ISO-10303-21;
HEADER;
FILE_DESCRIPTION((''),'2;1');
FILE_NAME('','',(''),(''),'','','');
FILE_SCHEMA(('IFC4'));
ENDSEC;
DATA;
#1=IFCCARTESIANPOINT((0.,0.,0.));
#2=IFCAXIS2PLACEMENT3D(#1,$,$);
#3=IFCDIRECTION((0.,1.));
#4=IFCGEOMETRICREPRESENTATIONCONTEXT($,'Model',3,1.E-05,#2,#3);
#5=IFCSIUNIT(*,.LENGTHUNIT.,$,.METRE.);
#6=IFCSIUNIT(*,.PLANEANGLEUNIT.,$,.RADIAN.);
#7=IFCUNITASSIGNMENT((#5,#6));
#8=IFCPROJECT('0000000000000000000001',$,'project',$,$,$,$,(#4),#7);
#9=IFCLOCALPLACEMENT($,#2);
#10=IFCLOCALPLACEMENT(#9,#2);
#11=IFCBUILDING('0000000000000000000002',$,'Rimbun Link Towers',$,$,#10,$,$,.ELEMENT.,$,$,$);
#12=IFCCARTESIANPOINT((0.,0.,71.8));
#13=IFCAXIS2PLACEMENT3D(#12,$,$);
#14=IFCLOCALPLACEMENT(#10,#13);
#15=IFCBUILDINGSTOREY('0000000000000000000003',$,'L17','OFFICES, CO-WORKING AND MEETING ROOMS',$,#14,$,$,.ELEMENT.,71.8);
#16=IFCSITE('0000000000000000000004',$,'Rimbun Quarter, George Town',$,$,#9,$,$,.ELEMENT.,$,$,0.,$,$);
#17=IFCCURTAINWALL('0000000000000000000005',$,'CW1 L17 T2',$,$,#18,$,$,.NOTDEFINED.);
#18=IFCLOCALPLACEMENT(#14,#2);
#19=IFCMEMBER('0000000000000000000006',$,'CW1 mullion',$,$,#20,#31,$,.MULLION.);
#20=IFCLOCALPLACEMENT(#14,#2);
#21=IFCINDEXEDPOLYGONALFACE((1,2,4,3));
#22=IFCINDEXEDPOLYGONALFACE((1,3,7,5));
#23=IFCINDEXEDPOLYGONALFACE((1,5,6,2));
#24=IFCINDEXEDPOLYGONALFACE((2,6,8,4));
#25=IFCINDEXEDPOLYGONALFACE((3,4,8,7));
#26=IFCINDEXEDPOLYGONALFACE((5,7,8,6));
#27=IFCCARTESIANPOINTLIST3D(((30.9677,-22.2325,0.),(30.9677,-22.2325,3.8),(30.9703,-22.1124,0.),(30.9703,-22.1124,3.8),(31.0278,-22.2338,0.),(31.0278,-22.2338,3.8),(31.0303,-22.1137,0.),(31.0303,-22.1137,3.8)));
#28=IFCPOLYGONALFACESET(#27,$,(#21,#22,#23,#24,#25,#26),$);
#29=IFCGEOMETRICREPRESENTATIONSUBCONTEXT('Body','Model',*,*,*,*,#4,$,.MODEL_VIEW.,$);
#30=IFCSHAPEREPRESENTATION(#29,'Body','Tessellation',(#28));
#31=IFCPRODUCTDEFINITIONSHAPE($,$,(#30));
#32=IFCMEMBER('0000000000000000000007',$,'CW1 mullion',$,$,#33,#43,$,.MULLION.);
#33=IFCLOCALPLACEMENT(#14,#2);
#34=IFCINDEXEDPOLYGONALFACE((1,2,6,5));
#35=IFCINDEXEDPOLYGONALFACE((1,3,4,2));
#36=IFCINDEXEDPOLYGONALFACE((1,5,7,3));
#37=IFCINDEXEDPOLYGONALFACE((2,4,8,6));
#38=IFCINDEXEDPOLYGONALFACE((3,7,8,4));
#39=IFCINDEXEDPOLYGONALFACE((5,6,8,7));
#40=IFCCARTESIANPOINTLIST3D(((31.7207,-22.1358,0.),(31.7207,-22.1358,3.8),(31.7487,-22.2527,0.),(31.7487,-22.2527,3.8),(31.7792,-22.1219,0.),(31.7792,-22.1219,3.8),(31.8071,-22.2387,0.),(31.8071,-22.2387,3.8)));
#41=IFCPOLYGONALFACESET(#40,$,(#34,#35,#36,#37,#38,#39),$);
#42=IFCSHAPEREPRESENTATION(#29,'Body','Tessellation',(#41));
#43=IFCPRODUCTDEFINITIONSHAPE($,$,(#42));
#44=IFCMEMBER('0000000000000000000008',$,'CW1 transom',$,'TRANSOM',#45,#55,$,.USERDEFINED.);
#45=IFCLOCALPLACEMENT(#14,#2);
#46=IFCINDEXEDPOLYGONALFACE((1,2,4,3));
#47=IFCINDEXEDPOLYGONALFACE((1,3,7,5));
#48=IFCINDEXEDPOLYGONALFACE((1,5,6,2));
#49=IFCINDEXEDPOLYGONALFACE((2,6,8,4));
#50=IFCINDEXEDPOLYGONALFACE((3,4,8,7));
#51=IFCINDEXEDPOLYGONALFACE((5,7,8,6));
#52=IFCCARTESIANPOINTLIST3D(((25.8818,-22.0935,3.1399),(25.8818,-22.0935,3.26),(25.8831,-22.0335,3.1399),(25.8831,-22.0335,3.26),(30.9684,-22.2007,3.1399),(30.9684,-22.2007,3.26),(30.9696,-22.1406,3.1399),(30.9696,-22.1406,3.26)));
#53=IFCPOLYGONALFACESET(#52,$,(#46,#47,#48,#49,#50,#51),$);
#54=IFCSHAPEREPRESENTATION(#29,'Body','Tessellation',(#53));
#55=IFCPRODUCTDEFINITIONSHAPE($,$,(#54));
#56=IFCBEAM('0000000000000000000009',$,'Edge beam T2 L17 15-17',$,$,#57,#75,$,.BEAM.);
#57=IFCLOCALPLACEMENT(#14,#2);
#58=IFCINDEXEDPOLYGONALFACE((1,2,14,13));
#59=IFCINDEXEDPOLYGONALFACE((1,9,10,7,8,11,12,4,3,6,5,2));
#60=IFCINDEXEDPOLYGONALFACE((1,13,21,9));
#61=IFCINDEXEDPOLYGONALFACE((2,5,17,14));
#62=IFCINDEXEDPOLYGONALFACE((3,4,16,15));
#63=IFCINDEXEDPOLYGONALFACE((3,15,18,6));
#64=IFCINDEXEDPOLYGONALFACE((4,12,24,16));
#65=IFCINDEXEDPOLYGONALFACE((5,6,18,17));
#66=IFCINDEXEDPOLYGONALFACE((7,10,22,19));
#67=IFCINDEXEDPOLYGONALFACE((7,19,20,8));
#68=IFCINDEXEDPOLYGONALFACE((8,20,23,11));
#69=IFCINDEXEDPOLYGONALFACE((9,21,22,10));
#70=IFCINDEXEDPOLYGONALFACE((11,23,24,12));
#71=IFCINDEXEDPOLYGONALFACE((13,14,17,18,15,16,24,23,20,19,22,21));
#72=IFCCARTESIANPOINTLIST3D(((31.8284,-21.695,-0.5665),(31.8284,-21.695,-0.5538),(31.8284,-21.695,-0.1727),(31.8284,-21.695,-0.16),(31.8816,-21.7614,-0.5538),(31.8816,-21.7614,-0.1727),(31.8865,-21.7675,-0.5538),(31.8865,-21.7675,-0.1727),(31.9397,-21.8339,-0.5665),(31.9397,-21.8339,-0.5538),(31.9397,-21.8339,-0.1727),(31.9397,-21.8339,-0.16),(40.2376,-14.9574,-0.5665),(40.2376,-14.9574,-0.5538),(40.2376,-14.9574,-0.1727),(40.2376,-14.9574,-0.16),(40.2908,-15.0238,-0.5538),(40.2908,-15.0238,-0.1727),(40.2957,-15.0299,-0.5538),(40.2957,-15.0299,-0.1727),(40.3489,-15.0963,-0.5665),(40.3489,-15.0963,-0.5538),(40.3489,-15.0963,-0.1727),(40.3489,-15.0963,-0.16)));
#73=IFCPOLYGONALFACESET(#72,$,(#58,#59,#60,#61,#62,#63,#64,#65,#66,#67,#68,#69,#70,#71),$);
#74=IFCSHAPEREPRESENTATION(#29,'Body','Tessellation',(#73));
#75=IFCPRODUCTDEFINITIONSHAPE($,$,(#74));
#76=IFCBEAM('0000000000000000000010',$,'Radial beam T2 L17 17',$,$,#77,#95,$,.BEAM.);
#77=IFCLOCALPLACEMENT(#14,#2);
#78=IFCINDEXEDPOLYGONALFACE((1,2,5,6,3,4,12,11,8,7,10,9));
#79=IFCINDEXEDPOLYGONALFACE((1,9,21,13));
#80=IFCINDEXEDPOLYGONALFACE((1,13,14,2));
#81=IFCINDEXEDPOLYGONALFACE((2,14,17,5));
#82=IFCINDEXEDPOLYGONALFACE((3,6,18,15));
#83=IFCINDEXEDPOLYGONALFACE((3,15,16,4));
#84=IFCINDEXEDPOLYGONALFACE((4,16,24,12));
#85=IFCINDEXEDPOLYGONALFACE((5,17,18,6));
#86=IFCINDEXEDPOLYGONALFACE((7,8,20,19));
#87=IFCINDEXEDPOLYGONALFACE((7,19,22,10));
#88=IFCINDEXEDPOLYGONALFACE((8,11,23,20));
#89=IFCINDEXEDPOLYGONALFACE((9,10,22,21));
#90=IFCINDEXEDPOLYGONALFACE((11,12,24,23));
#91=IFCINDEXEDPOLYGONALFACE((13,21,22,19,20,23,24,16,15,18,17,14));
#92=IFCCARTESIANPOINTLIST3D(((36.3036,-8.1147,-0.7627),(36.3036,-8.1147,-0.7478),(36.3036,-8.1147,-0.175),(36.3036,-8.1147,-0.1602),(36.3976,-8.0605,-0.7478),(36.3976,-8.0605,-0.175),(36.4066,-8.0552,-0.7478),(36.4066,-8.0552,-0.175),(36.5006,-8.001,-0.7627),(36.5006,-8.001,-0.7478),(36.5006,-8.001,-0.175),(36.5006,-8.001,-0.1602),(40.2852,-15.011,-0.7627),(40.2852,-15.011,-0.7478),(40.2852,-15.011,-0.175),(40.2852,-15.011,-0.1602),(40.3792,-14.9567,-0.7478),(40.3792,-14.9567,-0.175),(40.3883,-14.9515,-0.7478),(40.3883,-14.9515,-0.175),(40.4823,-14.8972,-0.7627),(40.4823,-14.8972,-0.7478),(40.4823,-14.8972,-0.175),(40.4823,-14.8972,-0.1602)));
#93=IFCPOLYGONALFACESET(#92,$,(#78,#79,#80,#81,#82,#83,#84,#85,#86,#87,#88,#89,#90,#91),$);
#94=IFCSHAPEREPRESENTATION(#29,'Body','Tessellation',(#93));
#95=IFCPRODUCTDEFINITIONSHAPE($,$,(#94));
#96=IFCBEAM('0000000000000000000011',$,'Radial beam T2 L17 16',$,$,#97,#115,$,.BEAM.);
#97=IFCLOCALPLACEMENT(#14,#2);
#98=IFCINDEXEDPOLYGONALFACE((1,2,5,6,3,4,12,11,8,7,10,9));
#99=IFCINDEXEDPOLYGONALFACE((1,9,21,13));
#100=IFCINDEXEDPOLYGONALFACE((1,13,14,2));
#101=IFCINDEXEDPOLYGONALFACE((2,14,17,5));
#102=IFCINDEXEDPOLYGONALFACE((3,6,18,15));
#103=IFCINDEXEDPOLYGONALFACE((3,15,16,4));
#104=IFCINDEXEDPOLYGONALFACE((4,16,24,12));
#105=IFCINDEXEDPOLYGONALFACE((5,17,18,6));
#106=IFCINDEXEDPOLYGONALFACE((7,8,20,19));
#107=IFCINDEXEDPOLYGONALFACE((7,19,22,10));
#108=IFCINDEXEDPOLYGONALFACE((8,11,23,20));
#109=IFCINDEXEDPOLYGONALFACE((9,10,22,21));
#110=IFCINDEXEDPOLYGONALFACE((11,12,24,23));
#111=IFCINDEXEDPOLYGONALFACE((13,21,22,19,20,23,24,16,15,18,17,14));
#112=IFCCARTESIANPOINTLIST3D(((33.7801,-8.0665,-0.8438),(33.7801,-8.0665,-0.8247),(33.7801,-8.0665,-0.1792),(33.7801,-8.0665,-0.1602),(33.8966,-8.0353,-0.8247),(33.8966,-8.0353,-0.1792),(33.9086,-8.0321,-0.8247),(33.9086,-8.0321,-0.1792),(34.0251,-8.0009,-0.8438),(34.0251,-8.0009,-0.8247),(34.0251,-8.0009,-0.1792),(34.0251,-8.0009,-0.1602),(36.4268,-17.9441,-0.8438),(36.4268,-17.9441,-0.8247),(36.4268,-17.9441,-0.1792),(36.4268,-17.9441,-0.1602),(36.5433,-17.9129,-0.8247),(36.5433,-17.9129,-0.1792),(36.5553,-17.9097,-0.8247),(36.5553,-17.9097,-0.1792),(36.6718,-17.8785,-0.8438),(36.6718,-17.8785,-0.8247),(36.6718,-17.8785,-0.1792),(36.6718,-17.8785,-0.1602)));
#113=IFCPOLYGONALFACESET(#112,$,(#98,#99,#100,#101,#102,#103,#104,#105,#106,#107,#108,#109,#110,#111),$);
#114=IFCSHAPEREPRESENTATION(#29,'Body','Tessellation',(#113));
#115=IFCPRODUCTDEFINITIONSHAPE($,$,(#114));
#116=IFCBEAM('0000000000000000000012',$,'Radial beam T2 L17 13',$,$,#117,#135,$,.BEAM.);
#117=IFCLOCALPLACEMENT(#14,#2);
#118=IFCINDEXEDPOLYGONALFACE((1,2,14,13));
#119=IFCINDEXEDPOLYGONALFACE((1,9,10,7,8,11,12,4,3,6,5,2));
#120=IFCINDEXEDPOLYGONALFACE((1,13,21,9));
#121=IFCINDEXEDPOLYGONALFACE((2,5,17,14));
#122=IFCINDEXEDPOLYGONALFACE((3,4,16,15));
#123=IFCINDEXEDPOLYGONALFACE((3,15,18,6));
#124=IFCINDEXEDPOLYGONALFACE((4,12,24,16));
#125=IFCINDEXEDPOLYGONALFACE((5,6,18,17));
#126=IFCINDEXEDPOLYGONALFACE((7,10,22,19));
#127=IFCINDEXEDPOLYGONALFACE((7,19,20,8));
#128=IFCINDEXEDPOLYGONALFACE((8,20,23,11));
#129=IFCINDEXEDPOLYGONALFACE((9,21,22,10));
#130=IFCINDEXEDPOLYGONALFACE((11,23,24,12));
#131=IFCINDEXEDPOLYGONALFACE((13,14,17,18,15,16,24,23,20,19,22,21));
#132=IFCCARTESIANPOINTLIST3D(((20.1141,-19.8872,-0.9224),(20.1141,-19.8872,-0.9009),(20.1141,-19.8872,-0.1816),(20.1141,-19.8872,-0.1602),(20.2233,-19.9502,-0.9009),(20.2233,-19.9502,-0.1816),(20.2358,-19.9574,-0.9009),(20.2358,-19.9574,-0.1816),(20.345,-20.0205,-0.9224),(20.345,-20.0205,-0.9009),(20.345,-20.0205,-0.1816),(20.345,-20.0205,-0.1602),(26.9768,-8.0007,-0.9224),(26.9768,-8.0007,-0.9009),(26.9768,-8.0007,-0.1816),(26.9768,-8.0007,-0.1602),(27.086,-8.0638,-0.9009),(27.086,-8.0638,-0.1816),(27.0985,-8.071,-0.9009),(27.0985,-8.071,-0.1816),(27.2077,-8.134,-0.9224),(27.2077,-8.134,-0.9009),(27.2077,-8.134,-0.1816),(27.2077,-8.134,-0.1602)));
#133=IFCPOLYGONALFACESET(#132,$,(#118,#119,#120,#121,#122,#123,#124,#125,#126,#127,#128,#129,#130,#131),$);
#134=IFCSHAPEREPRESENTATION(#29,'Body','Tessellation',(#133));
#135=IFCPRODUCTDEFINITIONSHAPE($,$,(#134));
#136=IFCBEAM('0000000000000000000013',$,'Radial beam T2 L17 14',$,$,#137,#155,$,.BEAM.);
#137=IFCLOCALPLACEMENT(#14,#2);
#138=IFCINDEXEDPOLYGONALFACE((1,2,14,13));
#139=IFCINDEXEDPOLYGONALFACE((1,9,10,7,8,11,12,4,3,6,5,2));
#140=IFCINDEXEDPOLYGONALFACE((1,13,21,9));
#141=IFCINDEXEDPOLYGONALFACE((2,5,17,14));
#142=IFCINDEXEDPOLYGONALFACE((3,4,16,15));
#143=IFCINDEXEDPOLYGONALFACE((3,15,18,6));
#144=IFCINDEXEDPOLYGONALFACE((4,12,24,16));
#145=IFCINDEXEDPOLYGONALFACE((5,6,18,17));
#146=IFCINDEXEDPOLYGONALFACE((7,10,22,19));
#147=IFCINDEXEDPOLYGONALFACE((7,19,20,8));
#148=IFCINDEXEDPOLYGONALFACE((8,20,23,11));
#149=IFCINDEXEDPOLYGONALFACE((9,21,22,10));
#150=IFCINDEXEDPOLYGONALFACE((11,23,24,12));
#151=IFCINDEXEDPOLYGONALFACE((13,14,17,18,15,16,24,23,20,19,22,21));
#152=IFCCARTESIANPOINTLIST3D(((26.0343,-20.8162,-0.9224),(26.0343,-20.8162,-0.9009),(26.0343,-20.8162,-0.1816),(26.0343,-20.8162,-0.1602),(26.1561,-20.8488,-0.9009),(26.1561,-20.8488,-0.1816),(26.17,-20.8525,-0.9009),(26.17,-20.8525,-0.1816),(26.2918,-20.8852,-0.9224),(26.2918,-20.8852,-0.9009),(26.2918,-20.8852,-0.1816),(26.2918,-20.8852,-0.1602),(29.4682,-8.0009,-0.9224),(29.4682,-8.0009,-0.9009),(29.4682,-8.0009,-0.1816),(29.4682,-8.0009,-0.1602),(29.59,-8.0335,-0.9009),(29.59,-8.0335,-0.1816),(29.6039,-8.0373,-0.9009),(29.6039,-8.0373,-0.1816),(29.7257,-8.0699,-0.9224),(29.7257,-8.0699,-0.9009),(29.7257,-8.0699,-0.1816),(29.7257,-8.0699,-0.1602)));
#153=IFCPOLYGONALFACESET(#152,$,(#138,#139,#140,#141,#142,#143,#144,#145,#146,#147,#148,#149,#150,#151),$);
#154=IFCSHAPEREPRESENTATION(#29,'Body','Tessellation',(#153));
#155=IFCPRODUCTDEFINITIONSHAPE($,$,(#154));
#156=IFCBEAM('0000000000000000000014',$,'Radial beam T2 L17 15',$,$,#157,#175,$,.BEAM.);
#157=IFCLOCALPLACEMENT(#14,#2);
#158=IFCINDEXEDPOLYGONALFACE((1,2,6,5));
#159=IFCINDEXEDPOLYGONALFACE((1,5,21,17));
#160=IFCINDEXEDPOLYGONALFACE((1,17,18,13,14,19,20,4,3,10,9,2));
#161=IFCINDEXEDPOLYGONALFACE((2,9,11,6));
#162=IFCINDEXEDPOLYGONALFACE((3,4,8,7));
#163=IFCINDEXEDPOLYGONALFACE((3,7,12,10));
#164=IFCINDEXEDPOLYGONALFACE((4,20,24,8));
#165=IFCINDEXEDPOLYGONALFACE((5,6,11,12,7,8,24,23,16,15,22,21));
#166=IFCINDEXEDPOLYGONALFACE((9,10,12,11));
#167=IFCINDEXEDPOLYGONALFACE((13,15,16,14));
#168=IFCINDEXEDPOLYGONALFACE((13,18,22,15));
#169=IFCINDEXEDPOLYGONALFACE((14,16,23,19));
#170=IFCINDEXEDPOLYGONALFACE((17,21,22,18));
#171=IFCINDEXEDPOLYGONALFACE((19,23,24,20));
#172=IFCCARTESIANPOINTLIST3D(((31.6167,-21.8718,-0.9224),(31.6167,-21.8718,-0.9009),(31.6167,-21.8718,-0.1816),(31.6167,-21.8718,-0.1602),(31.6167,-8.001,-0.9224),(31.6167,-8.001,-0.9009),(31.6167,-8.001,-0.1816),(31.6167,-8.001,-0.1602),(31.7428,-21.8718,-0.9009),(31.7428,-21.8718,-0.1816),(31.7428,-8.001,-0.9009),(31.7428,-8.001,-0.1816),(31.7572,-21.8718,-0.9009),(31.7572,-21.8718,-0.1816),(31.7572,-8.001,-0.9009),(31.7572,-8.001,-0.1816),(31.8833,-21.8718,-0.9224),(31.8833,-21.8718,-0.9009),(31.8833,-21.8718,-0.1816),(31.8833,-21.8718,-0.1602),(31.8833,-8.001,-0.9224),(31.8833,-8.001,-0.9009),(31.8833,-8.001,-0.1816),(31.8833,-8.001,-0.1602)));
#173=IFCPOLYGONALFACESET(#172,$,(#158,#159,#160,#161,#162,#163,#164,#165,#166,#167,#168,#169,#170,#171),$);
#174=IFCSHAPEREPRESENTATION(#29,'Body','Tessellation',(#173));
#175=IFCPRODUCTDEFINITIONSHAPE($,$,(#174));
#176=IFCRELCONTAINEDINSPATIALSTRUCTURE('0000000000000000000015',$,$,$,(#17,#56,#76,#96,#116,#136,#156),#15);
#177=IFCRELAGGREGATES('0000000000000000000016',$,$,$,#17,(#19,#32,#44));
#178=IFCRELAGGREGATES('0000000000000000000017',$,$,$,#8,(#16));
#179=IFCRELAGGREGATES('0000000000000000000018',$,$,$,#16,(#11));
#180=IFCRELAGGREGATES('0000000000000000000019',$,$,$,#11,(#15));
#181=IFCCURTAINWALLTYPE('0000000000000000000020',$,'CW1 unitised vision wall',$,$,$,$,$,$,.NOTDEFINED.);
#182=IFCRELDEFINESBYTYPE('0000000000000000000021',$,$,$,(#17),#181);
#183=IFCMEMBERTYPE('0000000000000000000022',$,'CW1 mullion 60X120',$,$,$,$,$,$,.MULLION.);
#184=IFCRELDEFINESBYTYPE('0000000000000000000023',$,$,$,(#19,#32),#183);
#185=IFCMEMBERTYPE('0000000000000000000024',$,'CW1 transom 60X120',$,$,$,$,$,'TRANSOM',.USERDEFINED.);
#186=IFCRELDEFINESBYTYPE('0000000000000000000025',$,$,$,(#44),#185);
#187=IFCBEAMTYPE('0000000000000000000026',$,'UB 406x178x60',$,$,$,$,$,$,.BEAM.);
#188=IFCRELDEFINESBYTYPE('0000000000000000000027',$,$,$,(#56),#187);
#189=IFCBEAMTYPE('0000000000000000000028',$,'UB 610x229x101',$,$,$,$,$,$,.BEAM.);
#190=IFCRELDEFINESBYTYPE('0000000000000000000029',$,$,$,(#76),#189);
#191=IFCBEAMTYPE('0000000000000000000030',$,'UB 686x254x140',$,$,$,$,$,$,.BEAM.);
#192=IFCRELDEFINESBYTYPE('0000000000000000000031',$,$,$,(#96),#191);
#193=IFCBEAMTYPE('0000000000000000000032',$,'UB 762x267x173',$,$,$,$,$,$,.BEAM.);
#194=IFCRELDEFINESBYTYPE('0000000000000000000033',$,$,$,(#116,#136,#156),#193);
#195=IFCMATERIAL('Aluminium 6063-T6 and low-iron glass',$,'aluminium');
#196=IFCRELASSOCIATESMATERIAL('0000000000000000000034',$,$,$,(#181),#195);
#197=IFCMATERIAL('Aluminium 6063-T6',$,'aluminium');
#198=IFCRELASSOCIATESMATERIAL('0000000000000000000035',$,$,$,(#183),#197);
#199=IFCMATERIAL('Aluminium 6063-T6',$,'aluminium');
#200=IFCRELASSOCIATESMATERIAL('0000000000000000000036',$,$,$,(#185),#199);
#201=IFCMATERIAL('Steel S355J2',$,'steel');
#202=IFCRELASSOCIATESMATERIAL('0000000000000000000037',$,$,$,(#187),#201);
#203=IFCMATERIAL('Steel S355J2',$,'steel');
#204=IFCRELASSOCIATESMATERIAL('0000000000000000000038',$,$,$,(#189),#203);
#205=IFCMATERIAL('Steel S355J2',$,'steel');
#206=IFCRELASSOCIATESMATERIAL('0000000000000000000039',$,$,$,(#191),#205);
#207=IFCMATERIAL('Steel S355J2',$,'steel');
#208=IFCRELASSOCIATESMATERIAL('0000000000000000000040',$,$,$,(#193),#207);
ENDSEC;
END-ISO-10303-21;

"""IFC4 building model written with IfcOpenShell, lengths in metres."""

from ifc_helpers import new_model, si_unit, direction, frame, origin, origin_2d, place, context, subcontext, project, spatial, rectangle, i_section, extrude, material, material_profile, profile_set, type_object, element, aggregate, save


model = new_model("IFC4")

# Units and contexts
model_context = context("Model", 3, precision=1e-05, world=origin(), true_north=direction((0.0, 1.0)))
body_context = subcontext(model_context, "Body", "Model", "MODEL_VIEW")
ifc_project = project(units=[si_unit("LENGTHUNIT", "METRE"), si_unit("PLANEANGLEUNIT", "RADIAN")], contexts=[model_context])

# Site, building, storey
site_placement = place(None, origin())
site = spatial("IfcSite", under=ifc_project, at=site_placement, Name="Rimbun Quarter, George Town", CompositionType="ELEMENT", RefElevation=0.0)
building_placement = place(site_placement, origin())
building = spatial("IfcBuilding", under=site, at=building_placement, Name="Rimbun Link Towers", CompositionType="ELEMENT")
storey_placement = place(building_placement, frame((0.0, 0.0, 71.8)))
storey = spatial("IfcBuildingStorey", under=building, at=storey_placement, Name="L17", Description="OFFICES, CO-WORKING AND MEETING ROOMS", CompositionType="ELEMENT", Elevation=71.8)

# Curtain wall, members
ifc_material_1 = material(Name="Aluminium 6063-T6 and low-iron glass", Category="aluminium")
curtain_wall_type = type_object("IfcCurtainWallType", Name="CW1 unitised vision wall", PredefinedType="NOTDEFINED", material=ifc_material_1)
curtain_wall_placement = place(storey_placement, origin())
curtain_wall = element("IfcCurtainWall", 1, at=curtain_wall_placement, inside=storey, type_object=curtain_wall_type, Name="CW1 L17 T2", PredefinedType="NOTDEFINED")
ifc_material_2 = material(Name="Aluminium 6063-T6", Category="aluminium")
ifc_material_profile_1 = material_profile(ifc_material_2, rectangle(XDim=0.1201, YDim=0.0601, at=origin_2d()), Name="MULLION 60X120")
ifc_profile_set_1 = profile_set([ifc_material_profile_1], Name="Aluminium 6063-T6")
member_type_1 = type_object("IfcMemberType", Name="CW1 mullion 60X120", PredefinedType="MULLION", material=ifc_profile_set_1)
member_1_placement = place(storey_placement, frame((30.999, -22.1731, 0.0), z_axis=(0.0, 0.0, 1.0), x_axis=(-0.02106, -0.999778, 0.0)))
member_1 = element("IfcMember", 2, at=member_1_placement, type_object=member_type_1, Name="CW1 mullion", PredefinedType="MULLION", context=body_context, shape_type="SweptSolid", body=[
    extrude(rectangle(XDim=0.1201, YDim=0.0601, at=origin_2d()), origin(), (0.0, 0.0, 1.0), 3.8),
])
member_2_placement = place(storey_placement, frame((31.7639, -22.1873, 0.0), z_axis=(0.0, 0.0, 1.0), x_axis=(0.232601, -0.972572, 0.0)))
member_2 = element("IfcMember", 3, at=member_2_placement, type_object=member_type_1, Name="CW1 mullion", PredefinedType="MULLION", context=body_context, shape_type="SweptSolid", body=[
    extrude(rectangle(XDim=0.1201, YDim=0.0601, at=origin_2d()), origin(), (0.0, 0.0, 1.0), 3.8),
])
ifc_material_3 = material(Name="Aluminium 6063-T6", Category="aluminium")
ifc_material_profile_2 = material_profile(ifc_material_3, rectangle(XDim=0.0601, YDim=0.1201, at=origin_2d()), Name="TRANSOM 60X120")
ifc_profile_set_2 = profile_set([ifc_material_profile_2], Name="Aluminium 6063-T6")
member_type_2 = type_object("IfcMemberType", Name="CW1 transom 60X120", ElementType="TRANSOM", PredefinedType="USERDEFINED", material=ifc_profile_set_2)
member_3_placement = place(storey_placement, frame((30.969, -22.1707, 3.2), z_axis=(-0.999778, 0.021067, 0.0), x_axis=(-0.021067, -0.999778, 0.0)))
member_3 = element("IfcMember", 4, at=member_3_placement, type_object=member_type_2, Name="CW1 transom", ObjectType="TRANSOM", PredefinedType="USERDEFINED", context=body_context, shape_type="SweptSolid", body=[
    extrude(rectangle(XDim=0.0601, YDim=0.1201, at=origin_2d()), origin(), (0.0, 0.0, 1.0), 5.0876),
])

# Beams
ifc_material_4 = material(Name="Steel S355J2", Category="steel")
ifc_material_profile_3 = material_profile(ifc_material_4, i_section(OverallWidth=0.178, OverallDepth=0.4065, WebThickness=0.0078, FlangeThickness=0.0127, at=origin_2d()), Name="UB 406x178x60")
ifc_profile_set_3 = profile_set([ifc_material_profile_3], Name="Steel S355J2")
beam_type_1 = type_object("IfcBeamType", Name="UB 406x178x60", PredefinedType="BEAM", material=ifc_profile_set_3)
beam_1_placement = place(storey_placement, frame((31.884, -21.7644, -0.3633), z_axis=(0.780407, 0.625272, 0.0), x_axis=(-0.625272, 0.780407, 0.0)))
element("IfcBeam", 5, at=beam_1_placement, inside=storey, type_object=beam_type_1, Name="Edge beam T2 L17 15-17", PredefinedType="BEAM", context=body_context, shape_type="SweptSolid", body=[
    extrude(i_section(OverallWidth=0.178, OverallDepth=0.4065, WebThickness=0.0078, FlangeThickness=0.0127, at=origin_2d()), origin(), (0.0, 0.0, 1.0), 10.7754),
])
ifc_material_5 = material(Name="Steel S355J2", Category="steel")
ifc_material_profile_4 = material_profile(ifc_material_5, i_section(OverallWidth=0.2275, OverallDepth=0.6025, WebThickness=0.0105, FlangeThickness=0.0149, at=origin_2d()), Name="UB 610x229x101")
ifc_profile_set_4 = profile_set([ifc_material_profile_4], Name="Steel S355J2")
beam_type_2 = type_object("IfcBeamType", Name="UB 610x229x101", PredefinedType="BEAM", material=ifc_profile_set_4)
beam_2_placement = place(storey_placement, frame((36.4021, -8.0579, -0.4614), z_axis=(0.500013, -0.866018, 0.0), x_axis=(0.866018, 0.500013, 0.0)))
element("IfcBeam", 6, at=beam_2_placement, inside=storey, type_object=beam_type_2, Name="Radial beam T2 L17 17", PredefinedType="BEAM", context=body_context, shape_type="SweptSolid", body=[
    extrude(i_section(OverallWidth=0.2275, OverallDepth=0.6025, WebThickness=0.0105, FlangeThickness=0.0149, at=origin_2d()), origin(), (0.0, 0.0, 1.0), 7.9631),
])
ifc_material_6 = material(Name="Steel S355J2", Category="steel")
ifc_material_profile_5 = material_profile(ifc_material_6, i_section(OverallWidth=0.2537, OverallDepth=0.6836, WebThickness=0.0125, FlangeThickness=0.019, at=origin_2d()), Name="UB 686x254x140")
ifc_profile_set_5 = profile_set([ifc_material_profile_5], Name="Steel S355J2")
beam_type_3 = type_object("IfcBeamType", Name="UB 686x254x140", PredefinedType="BEAM", material=ifc_profile_set_5)
beam_3_placement = place(storey_placement, frame((33.9026, -8.0337, -0.502), z_axis=(0.25882, -0.965926, 0.0), x_axis=(0.965926, 0.25882, 0.0)))
element("IfcBeam", 7, at=beam_3_placement, inside=storey, type_object=beam_type_3, Name="Radial beam T2 L17 16", PredefinedType="BEAM", context=body_context, shape_type="SweptSolid", body=[
    extrude(i_section(OverallWidth=0.2537, OverallDepth=0.6836, WebThickness=0.0125, FlangeThickness=0.019, at=origin_2d()), origin(), (0.0, 0.0, 1.0), 10.2261),
])
ifc_material_7 = material(Name="Steel S355J2", Category="steel")
ifc_material_profile_6 = material_profile(ifc_material_7, i_section(OverallWidth=0.2666, OverallDepth=0.7622, WebThickness=0.0144, FlangeThickness=0.0215, at=origin_2d()), Name="UB 762x267x173")
ifc_profile_set_6 = profile_set([ifc_material_profile_6], Name="Steel S355J2")
beam_type_4 = type_object("IfcBeamType", Name="UB 762x267x173", PredefinedType="BEAM", material=ifc_profile_set_6)
beam_4_placement = place(storey_placement, frame((27.0923, -8.0674, -0.5413), z_axis=(-0.500007, -0.866021, 0.0), x_axis=(0.866021, -0.500007, 0.0)))
element("IfcBeam", 8, at=beam_4_placement, inside=storey, type_object=beam_type_4, Name="Radial beam T2 L17 13", PredefinedType="BEAM", context=body_context, shape_type="SweptSolid", body=[
    extrude(i_section(OverallWidth=0.2666, OverallDepth=0.7622, WebThickness=0.0144, FlangeThickness=0.0215, at=origin_2d()), origin(), (0.0, 0.0, 1.0), 13.7253),
])
beam_5_placement = place(storey_placement, frame((29.5969, -8.0354, -0.5413), z_axis=(-0.25882, -0.965925, 0.0), x_axis=(0.965925, -0.25882, 0.0)))
element("IfcBeam", 9, at=beam_5_placement, inside=storey, type_object=beam_type_4, Name="Radial beam T2 L17 14", PredefinedType="BEAM", context=body_context, shape_type="SweptSolid", body=[
    extrude(i_section(OverallWidth=0.2666, OverallDepth=0.7622, WebThickness=0.0144, FlangeThickness=0.0215, at=origin_2d()), origin(), (0.0, 0.0, 1.0), 13.2673),
])
beam_6_placement = place(storey_placement, frame((31.75, -8.001, -0.5413), z_axis=(0.0, -1.0, 0.0), x_axis=(1.0, 0.0, 0.0)))
element("IfcBeam", 10, at=beam_6_placement, inside=storey, type_object=beam_type_4, Name="Radial beam T2 L17 15", PredefinedType="BEAM", context=body_context, shape_type="SweptSolid", body=[
    extrude(i_section(OverallWidth=0.2666, OverallDepth=0.7622, WebThickness=0.0144, FlangeThickness=0.0215, at=origin_2d()), origin(), (0.0, 0.0, 1.0), 13.8708),
])

aggregate(curtain_wall, [member_1, member_2, member_3])

save(model, "model.ifc")
